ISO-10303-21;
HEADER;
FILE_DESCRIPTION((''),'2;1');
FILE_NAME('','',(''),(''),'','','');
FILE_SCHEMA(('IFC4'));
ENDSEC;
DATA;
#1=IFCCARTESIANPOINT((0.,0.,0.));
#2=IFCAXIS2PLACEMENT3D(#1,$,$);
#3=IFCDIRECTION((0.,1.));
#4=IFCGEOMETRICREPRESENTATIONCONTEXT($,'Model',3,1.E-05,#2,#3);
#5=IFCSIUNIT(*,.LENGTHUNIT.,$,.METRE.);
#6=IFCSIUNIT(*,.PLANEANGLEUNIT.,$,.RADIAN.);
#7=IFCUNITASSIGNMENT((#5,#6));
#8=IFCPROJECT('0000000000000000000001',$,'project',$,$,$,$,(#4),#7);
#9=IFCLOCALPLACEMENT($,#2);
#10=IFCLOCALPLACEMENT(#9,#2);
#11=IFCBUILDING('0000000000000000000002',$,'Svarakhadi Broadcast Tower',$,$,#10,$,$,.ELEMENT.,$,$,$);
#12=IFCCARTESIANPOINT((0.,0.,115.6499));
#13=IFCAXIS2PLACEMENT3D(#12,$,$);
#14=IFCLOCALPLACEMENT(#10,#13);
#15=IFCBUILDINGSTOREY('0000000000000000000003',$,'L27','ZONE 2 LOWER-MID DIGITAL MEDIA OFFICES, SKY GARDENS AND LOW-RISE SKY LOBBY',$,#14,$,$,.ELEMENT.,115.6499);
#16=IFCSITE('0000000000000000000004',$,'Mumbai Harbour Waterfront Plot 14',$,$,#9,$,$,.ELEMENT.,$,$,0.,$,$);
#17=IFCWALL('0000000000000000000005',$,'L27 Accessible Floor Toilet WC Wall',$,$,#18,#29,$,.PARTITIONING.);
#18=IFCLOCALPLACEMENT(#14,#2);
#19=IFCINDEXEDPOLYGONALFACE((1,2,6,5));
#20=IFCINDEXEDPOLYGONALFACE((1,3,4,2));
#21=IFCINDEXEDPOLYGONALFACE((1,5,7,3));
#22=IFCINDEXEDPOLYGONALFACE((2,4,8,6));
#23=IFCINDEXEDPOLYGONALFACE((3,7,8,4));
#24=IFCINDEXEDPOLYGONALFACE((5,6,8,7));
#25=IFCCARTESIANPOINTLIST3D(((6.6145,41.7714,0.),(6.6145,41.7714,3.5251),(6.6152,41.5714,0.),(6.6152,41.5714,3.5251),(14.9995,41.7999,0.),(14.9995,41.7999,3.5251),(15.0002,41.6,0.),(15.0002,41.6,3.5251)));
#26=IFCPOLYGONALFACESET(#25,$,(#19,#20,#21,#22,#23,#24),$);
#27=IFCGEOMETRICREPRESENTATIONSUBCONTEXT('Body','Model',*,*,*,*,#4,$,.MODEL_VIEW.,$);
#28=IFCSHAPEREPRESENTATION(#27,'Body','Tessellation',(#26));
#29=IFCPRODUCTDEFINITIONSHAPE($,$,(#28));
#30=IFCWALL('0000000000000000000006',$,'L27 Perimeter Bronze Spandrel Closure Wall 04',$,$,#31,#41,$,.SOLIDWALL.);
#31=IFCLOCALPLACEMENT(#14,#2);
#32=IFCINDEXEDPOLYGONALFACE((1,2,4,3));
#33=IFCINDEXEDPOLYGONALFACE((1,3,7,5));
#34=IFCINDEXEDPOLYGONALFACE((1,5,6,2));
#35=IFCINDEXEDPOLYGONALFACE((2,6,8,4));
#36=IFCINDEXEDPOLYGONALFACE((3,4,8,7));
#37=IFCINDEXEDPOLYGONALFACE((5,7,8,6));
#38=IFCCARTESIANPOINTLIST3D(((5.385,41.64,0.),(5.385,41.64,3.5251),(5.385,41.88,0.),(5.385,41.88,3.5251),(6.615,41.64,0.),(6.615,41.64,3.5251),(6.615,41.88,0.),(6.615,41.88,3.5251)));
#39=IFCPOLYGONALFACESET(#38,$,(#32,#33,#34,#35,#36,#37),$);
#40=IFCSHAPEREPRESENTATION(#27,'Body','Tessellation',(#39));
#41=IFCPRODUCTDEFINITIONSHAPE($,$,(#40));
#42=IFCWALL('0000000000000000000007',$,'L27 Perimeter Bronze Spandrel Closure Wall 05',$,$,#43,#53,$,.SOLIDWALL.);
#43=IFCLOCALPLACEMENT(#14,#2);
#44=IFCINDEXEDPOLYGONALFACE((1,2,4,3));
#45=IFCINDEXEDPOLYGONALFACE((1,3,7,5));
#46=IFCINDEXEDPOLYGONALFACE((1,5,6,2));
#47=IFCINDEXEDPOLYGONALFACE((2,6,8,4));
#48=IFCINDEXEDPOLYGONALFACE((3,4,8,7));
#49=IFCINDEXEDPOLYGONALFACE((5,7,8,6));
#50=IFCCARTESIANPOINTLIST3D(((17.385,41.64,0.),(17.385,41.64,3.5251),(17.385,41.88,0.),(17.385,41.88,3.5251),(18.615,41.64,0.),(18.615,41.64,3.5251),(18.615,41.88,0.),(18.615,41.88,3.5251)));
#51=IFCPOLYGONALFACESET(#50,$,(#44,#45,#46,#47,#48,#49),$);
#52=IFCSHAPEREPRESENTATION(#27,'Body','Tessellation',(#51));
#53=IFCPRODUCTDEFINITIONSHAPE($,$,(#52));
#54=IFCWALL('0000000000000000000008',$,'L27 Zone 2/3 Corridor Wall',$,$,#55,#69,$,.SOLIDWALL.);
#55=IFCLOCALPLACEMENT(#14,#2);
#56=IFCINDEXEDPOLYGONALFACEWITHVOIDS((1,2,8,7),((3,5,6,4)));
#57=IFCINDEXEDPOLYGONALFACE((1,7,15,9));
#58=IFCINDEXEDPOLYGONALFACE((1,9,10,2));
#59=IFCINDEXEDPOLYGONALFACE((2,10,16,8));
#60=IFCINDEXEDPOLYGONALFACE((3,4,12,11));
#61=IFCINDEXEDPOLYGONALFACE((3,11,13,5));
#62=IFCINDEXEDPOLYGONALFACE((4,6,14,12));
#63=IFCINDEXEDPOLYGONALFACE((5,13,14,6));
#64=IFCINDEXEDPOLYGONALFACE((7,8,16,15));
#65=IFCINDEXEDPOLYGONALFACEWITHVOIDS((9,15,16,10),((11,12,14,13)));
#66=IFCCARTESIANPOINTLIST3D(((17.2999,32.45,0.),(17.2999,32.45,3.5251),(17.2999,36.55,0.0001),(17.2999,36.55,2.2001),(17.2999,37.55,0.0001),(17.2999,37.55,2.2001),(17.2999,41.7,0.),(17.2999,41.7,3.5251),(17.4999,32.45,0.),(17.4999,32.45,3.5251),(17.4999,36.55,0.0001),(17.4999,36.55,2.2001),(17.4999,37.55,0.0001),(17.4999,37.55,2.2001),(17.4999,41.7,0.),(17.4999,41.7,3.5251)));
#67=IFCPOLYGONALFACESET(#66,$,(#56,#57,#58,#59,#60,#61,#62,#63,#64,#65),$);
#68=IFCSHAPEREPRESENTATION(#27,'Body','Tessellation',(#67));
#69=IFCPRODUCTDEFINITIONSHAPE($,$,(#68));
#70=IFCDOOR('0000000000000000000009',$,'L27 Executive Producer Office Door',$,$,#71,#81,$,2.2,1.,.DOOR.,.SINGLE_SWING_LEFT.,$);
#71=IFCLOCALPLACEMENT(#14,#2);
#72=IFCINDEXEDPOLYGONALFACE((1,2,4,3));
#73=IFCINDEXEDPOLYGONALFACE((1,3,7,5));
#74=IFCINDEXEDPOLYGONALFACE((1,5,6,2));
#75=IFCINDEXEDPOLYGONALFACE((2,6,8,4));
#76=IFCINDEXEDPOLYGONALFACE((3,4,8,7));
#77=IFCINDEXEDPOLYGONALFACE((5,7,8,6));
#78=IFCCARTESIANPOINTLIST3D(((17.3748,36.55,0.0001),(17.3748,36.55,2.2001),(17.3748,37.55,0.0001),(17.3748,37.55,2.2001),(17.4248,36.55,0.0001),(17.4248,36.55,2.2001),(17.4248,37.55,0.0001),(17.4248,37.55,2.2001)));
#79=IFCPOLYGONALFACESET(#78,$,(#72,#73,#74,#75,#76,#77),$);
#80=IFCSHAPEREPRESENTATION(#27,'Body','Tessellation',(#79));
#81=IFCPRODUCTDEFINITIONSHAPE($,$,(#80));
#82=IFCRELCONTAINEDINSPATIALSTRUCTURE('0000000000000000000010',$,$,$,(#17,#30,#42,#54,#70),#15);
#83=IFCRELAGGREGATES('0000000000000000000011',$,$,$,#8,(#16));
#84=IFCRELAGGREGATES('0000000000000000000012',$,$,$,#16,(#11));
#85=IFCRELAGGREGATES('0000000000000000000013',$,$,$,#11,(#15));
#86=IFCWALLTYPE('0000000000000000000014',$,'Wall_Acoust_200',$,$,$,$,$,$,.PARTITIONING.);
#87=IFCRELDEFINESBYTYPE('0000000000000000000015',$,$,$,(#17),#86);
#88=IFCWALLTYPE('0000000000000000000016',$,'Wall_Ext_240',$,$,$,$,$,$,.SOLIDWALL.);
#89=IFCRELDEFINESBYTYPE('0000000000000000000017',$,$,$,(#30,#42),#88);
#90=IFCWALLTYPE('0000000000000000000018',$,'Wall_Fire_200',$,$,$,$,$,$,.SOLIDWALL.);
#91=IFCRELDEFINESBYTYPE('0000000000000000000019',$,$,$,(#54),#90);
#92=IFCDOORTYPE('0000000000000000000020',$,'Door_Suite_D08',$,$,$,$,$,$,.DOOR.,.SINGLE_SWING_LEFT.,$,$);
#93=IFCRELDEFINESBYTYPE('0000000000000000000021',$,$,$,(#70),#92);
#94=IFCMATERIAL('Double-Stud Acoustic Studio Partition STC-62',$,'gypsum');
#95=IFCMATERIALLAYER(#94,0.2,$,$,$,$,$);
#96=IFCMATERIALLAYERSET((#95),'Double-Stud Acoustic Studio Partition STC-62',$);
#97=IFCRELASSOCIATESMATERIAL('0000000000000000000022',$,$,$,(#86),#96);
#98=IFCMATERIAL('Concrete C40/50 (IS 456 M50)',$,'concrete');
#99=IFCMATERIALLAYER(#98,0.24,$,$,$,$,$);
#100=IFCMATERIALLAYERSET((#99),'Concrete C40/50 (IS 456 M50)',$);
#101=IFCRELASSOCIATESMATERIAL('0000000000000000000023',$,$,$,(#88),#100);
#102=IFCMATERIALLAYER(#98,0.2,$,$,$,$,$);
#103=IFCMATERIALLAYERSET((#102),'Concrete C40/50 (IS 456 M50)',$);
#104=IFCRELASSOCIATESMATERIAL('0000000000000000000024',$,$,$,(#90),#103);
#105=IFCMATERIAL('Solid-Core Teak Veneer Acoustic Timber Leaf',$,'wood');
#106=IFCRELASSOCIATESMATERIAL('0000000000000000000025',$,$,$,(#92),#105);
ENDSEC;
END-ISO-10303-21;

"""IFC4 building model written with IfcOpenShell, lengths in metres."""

from ifc_helpers import new_model, si_unit, direction, frame, frame_2d, origin, place, context, subcontext, project, spatial, rectangle, extrude, material, layer, layer_set, type_object, element, fill, save


model = new_model("IFC4")

# Units and contexts
model_context = context("Model", 3, precision=1e-05, world=origin(), true_north=direction((0.0, 1.0)))
body_context = subcontext(model_context, "Body", "Model", "MODEL_VIEW")
ifc_project = project(units=[si_unit("LENGTHUNIT", "METRE"), si_unit("PLANEANGLEUNIT", "RADIAN")], contexts=[model_context])

# Site, building, storey
site_placement = place(None, origin())
site = spatial("IfcSite", under=ifc_project, at=site_placement, Name="Mumbai Harbour Waterfront Plot 14", CompositionType="ELEMENT", RefElevation=0.0)
building_placement = place(site_placement, origin())
building = spatial("IfcBuilding", under=site, at=building_placement, Name="Svarakhadi Broadcast Tower", CompositionType="ELEMENT")
storey_placement = place(building_placement, frame((0.0, 0.0, 115.6499)))
storey = spatial("IfcBuildingStorey", under=building, at=storey_placement, Name="L27", Description="ZONE 2 LOWER-MID DIGITAL MEDIA OFFICES, SKY GARDENS AND LOW-RISE SKY LOBBY", CompositionType="ELEMENT", Elevation=115.6499)

# Walls
ifc_material_1 = material(Name="Double-Stud Acoustic Studio Partition STC-62", Category="gypsum")
ifc_layer_1 = layer(ifc_material_1, 0.2)
ifc_layer_set_1 = layer_set([ifc_layer_1], Name="Double-Stud Acoustic Studio Partition STC-62")
wall_type_1 = type_object("IfcWallType", Name="Wall_Acoust_200", PredefinedType="PARTITIONING", material=ifc_layer_set_1)
wall_1_placement = place(storey_placement, frame((6.615, 41.6714, 0.0), z_axis=(0.0, 0.0, 1.0), x_axis=(0.999994, 0.003407, 0.0)))
element("IfcWall", 1, at=wall_1_placement, inside=storey, type_object=wall_type_1, Name="L27 Accessible Floor Toilet WC Wall", PredefinedType="PARTITIONING", context=body_context, shape_type="SweptSolid", body=[
    extrude(rectangle(XDim=8.385, YDim=0.2, at=frame_2d((4.1924, 0.0))), origin(), (0.0, 0.0, 1.0), 3.5251),
])
ifc_material_2 = material(Name="Concrete C40/50 (IS 456 M50)", Category="concrete")
ifc_layer_2 = layer(ifc_material_2, 0.24)
ifc_layer_set_2 = layer_set([ifc_layer_2], Name="Concrete C40/50 (IS 456 M50)")
wall_type_2 = type_object("IfcWallType", Name="Wall_Ext_240", PredefinedType="SOLIDWALL", material=ifc_layer_set_2)
for number, where, z_axis, x_axis, name in (
    (2, (5.385, 41.76, 0.0), (0.0, 0.0, 1.0), (1.0, 0.0, 0.0), "L27 Perimeter Bronze Spandrel Closure Wall 04"),
    (3, (17.385, 41.76, 0.0), (0.0, 0.0, 1.0), (1.0, 0.0, 0.0), "L27 Perimeter Bronze Spandrel Closure Wall 05"),
):
    element("IfcWall", number, at=place(storey_placement, frame(where, z_axis=z_axis, x_axis=x_axis)), inside=storey, type_object=wall_type_2, Name=name, PredefinedType="SOLIDWALL", context=body_context, shape_type="SweptSolid", body=[
        extrude(rectangle(XDim=1.23, YDim=0.24, at=frame_2d((0.615, 0.0))), origin(), (0.0, 0.0, 1.0), 3.5251),
    ])

# Wall, opening, door
ifc_layer_3 = layer(ifc_material_2, 0.2)
ifc_layer_set_3 = layer_set([ifc_layer_3], Name="Concrete C40/50 (IS 456 M50)")
wall_type_3 = type_object("IfcWallType", Name="Wall_Fire_200", PredefinedType="SOLIDWALL", material=ifc_layer_set_3)
wall_2_placement = place(storey_placement, frame((17.3999, 41.7, 0.0), z_axis=(0.0, 0.0, 1.0), x_axis=(0.0, -1.0, 0.0)))
wall_2 = element("IfcWall", 4, at=wall_2_placement, inside=storey, type_object=wall_type_3, Name="L27 Zone 2/3 Corridor Wall", PredefinedType="SOLIDWALL", context=body_context, shape_type="SweptSolid", body=[
    extrude(rectangle(XDim=9.25, YDim=0.2, at=frame_2d((4.625, 0.0))), origin(), (0.0, 0.0, 1.0), 3.5251),
])
opening_placement = place(wall_2_placement, frame((4.1499, 0.0, 0.0)))
opening = element("IfcOpeningElement", 5, at=opening_placement, cuts=wall_2, PredefinedType="OPENING", context=body_context, shape_type="SweptSolid", body=[
    extrude(rectangle(XDim=1.0, YDim=2.2, at=frame_2d((0.5, 1.1001))), frame((0.0, 0.1099, 0.0), z_axis=(0.0, -1.0, 0.0), x_axis=(1.0, 0.0, 0.0)), (0.0, 0.0, 1.0), 0.22),
])
ifc_material_3 = material(Name="Solid-Core Teak Veneer Acoustic Timber Leaf", Category="wood")
door_type = type_object("IfcDoorType", Name="Door_Suite_D08", OperationType="SINGLE_SWING_LEFT", PredefinedType="DOOR", material=ifc_material_3)
door_placement = place(opening_placement, origin())
door = element("IfcDoor", 6, at=door_placement, inside=storey, type_object=door_type, Name="L27 Executive Producer Office Door", OperationType="SINGLE_SWING_LEFT", OverallHeight=2.2, OverallWidth=1.0, PredefinedType="DOOR", context=body_context, shape_type="SweptSolid", body=[
    extrude(rectangle(XDim=1.0, YDim=2.2, at=frame_2d((0.5, 1.1001))), frame((0.0, 0.0249, 0.0), z_axis=(0.0, -1.0, 0.0), x_axis=(1.0, 0.0, 0.0)), (0.0, 0.0, 1.0), 0.05),
])
fill(opening, door)

save(model, "model.ifc")
